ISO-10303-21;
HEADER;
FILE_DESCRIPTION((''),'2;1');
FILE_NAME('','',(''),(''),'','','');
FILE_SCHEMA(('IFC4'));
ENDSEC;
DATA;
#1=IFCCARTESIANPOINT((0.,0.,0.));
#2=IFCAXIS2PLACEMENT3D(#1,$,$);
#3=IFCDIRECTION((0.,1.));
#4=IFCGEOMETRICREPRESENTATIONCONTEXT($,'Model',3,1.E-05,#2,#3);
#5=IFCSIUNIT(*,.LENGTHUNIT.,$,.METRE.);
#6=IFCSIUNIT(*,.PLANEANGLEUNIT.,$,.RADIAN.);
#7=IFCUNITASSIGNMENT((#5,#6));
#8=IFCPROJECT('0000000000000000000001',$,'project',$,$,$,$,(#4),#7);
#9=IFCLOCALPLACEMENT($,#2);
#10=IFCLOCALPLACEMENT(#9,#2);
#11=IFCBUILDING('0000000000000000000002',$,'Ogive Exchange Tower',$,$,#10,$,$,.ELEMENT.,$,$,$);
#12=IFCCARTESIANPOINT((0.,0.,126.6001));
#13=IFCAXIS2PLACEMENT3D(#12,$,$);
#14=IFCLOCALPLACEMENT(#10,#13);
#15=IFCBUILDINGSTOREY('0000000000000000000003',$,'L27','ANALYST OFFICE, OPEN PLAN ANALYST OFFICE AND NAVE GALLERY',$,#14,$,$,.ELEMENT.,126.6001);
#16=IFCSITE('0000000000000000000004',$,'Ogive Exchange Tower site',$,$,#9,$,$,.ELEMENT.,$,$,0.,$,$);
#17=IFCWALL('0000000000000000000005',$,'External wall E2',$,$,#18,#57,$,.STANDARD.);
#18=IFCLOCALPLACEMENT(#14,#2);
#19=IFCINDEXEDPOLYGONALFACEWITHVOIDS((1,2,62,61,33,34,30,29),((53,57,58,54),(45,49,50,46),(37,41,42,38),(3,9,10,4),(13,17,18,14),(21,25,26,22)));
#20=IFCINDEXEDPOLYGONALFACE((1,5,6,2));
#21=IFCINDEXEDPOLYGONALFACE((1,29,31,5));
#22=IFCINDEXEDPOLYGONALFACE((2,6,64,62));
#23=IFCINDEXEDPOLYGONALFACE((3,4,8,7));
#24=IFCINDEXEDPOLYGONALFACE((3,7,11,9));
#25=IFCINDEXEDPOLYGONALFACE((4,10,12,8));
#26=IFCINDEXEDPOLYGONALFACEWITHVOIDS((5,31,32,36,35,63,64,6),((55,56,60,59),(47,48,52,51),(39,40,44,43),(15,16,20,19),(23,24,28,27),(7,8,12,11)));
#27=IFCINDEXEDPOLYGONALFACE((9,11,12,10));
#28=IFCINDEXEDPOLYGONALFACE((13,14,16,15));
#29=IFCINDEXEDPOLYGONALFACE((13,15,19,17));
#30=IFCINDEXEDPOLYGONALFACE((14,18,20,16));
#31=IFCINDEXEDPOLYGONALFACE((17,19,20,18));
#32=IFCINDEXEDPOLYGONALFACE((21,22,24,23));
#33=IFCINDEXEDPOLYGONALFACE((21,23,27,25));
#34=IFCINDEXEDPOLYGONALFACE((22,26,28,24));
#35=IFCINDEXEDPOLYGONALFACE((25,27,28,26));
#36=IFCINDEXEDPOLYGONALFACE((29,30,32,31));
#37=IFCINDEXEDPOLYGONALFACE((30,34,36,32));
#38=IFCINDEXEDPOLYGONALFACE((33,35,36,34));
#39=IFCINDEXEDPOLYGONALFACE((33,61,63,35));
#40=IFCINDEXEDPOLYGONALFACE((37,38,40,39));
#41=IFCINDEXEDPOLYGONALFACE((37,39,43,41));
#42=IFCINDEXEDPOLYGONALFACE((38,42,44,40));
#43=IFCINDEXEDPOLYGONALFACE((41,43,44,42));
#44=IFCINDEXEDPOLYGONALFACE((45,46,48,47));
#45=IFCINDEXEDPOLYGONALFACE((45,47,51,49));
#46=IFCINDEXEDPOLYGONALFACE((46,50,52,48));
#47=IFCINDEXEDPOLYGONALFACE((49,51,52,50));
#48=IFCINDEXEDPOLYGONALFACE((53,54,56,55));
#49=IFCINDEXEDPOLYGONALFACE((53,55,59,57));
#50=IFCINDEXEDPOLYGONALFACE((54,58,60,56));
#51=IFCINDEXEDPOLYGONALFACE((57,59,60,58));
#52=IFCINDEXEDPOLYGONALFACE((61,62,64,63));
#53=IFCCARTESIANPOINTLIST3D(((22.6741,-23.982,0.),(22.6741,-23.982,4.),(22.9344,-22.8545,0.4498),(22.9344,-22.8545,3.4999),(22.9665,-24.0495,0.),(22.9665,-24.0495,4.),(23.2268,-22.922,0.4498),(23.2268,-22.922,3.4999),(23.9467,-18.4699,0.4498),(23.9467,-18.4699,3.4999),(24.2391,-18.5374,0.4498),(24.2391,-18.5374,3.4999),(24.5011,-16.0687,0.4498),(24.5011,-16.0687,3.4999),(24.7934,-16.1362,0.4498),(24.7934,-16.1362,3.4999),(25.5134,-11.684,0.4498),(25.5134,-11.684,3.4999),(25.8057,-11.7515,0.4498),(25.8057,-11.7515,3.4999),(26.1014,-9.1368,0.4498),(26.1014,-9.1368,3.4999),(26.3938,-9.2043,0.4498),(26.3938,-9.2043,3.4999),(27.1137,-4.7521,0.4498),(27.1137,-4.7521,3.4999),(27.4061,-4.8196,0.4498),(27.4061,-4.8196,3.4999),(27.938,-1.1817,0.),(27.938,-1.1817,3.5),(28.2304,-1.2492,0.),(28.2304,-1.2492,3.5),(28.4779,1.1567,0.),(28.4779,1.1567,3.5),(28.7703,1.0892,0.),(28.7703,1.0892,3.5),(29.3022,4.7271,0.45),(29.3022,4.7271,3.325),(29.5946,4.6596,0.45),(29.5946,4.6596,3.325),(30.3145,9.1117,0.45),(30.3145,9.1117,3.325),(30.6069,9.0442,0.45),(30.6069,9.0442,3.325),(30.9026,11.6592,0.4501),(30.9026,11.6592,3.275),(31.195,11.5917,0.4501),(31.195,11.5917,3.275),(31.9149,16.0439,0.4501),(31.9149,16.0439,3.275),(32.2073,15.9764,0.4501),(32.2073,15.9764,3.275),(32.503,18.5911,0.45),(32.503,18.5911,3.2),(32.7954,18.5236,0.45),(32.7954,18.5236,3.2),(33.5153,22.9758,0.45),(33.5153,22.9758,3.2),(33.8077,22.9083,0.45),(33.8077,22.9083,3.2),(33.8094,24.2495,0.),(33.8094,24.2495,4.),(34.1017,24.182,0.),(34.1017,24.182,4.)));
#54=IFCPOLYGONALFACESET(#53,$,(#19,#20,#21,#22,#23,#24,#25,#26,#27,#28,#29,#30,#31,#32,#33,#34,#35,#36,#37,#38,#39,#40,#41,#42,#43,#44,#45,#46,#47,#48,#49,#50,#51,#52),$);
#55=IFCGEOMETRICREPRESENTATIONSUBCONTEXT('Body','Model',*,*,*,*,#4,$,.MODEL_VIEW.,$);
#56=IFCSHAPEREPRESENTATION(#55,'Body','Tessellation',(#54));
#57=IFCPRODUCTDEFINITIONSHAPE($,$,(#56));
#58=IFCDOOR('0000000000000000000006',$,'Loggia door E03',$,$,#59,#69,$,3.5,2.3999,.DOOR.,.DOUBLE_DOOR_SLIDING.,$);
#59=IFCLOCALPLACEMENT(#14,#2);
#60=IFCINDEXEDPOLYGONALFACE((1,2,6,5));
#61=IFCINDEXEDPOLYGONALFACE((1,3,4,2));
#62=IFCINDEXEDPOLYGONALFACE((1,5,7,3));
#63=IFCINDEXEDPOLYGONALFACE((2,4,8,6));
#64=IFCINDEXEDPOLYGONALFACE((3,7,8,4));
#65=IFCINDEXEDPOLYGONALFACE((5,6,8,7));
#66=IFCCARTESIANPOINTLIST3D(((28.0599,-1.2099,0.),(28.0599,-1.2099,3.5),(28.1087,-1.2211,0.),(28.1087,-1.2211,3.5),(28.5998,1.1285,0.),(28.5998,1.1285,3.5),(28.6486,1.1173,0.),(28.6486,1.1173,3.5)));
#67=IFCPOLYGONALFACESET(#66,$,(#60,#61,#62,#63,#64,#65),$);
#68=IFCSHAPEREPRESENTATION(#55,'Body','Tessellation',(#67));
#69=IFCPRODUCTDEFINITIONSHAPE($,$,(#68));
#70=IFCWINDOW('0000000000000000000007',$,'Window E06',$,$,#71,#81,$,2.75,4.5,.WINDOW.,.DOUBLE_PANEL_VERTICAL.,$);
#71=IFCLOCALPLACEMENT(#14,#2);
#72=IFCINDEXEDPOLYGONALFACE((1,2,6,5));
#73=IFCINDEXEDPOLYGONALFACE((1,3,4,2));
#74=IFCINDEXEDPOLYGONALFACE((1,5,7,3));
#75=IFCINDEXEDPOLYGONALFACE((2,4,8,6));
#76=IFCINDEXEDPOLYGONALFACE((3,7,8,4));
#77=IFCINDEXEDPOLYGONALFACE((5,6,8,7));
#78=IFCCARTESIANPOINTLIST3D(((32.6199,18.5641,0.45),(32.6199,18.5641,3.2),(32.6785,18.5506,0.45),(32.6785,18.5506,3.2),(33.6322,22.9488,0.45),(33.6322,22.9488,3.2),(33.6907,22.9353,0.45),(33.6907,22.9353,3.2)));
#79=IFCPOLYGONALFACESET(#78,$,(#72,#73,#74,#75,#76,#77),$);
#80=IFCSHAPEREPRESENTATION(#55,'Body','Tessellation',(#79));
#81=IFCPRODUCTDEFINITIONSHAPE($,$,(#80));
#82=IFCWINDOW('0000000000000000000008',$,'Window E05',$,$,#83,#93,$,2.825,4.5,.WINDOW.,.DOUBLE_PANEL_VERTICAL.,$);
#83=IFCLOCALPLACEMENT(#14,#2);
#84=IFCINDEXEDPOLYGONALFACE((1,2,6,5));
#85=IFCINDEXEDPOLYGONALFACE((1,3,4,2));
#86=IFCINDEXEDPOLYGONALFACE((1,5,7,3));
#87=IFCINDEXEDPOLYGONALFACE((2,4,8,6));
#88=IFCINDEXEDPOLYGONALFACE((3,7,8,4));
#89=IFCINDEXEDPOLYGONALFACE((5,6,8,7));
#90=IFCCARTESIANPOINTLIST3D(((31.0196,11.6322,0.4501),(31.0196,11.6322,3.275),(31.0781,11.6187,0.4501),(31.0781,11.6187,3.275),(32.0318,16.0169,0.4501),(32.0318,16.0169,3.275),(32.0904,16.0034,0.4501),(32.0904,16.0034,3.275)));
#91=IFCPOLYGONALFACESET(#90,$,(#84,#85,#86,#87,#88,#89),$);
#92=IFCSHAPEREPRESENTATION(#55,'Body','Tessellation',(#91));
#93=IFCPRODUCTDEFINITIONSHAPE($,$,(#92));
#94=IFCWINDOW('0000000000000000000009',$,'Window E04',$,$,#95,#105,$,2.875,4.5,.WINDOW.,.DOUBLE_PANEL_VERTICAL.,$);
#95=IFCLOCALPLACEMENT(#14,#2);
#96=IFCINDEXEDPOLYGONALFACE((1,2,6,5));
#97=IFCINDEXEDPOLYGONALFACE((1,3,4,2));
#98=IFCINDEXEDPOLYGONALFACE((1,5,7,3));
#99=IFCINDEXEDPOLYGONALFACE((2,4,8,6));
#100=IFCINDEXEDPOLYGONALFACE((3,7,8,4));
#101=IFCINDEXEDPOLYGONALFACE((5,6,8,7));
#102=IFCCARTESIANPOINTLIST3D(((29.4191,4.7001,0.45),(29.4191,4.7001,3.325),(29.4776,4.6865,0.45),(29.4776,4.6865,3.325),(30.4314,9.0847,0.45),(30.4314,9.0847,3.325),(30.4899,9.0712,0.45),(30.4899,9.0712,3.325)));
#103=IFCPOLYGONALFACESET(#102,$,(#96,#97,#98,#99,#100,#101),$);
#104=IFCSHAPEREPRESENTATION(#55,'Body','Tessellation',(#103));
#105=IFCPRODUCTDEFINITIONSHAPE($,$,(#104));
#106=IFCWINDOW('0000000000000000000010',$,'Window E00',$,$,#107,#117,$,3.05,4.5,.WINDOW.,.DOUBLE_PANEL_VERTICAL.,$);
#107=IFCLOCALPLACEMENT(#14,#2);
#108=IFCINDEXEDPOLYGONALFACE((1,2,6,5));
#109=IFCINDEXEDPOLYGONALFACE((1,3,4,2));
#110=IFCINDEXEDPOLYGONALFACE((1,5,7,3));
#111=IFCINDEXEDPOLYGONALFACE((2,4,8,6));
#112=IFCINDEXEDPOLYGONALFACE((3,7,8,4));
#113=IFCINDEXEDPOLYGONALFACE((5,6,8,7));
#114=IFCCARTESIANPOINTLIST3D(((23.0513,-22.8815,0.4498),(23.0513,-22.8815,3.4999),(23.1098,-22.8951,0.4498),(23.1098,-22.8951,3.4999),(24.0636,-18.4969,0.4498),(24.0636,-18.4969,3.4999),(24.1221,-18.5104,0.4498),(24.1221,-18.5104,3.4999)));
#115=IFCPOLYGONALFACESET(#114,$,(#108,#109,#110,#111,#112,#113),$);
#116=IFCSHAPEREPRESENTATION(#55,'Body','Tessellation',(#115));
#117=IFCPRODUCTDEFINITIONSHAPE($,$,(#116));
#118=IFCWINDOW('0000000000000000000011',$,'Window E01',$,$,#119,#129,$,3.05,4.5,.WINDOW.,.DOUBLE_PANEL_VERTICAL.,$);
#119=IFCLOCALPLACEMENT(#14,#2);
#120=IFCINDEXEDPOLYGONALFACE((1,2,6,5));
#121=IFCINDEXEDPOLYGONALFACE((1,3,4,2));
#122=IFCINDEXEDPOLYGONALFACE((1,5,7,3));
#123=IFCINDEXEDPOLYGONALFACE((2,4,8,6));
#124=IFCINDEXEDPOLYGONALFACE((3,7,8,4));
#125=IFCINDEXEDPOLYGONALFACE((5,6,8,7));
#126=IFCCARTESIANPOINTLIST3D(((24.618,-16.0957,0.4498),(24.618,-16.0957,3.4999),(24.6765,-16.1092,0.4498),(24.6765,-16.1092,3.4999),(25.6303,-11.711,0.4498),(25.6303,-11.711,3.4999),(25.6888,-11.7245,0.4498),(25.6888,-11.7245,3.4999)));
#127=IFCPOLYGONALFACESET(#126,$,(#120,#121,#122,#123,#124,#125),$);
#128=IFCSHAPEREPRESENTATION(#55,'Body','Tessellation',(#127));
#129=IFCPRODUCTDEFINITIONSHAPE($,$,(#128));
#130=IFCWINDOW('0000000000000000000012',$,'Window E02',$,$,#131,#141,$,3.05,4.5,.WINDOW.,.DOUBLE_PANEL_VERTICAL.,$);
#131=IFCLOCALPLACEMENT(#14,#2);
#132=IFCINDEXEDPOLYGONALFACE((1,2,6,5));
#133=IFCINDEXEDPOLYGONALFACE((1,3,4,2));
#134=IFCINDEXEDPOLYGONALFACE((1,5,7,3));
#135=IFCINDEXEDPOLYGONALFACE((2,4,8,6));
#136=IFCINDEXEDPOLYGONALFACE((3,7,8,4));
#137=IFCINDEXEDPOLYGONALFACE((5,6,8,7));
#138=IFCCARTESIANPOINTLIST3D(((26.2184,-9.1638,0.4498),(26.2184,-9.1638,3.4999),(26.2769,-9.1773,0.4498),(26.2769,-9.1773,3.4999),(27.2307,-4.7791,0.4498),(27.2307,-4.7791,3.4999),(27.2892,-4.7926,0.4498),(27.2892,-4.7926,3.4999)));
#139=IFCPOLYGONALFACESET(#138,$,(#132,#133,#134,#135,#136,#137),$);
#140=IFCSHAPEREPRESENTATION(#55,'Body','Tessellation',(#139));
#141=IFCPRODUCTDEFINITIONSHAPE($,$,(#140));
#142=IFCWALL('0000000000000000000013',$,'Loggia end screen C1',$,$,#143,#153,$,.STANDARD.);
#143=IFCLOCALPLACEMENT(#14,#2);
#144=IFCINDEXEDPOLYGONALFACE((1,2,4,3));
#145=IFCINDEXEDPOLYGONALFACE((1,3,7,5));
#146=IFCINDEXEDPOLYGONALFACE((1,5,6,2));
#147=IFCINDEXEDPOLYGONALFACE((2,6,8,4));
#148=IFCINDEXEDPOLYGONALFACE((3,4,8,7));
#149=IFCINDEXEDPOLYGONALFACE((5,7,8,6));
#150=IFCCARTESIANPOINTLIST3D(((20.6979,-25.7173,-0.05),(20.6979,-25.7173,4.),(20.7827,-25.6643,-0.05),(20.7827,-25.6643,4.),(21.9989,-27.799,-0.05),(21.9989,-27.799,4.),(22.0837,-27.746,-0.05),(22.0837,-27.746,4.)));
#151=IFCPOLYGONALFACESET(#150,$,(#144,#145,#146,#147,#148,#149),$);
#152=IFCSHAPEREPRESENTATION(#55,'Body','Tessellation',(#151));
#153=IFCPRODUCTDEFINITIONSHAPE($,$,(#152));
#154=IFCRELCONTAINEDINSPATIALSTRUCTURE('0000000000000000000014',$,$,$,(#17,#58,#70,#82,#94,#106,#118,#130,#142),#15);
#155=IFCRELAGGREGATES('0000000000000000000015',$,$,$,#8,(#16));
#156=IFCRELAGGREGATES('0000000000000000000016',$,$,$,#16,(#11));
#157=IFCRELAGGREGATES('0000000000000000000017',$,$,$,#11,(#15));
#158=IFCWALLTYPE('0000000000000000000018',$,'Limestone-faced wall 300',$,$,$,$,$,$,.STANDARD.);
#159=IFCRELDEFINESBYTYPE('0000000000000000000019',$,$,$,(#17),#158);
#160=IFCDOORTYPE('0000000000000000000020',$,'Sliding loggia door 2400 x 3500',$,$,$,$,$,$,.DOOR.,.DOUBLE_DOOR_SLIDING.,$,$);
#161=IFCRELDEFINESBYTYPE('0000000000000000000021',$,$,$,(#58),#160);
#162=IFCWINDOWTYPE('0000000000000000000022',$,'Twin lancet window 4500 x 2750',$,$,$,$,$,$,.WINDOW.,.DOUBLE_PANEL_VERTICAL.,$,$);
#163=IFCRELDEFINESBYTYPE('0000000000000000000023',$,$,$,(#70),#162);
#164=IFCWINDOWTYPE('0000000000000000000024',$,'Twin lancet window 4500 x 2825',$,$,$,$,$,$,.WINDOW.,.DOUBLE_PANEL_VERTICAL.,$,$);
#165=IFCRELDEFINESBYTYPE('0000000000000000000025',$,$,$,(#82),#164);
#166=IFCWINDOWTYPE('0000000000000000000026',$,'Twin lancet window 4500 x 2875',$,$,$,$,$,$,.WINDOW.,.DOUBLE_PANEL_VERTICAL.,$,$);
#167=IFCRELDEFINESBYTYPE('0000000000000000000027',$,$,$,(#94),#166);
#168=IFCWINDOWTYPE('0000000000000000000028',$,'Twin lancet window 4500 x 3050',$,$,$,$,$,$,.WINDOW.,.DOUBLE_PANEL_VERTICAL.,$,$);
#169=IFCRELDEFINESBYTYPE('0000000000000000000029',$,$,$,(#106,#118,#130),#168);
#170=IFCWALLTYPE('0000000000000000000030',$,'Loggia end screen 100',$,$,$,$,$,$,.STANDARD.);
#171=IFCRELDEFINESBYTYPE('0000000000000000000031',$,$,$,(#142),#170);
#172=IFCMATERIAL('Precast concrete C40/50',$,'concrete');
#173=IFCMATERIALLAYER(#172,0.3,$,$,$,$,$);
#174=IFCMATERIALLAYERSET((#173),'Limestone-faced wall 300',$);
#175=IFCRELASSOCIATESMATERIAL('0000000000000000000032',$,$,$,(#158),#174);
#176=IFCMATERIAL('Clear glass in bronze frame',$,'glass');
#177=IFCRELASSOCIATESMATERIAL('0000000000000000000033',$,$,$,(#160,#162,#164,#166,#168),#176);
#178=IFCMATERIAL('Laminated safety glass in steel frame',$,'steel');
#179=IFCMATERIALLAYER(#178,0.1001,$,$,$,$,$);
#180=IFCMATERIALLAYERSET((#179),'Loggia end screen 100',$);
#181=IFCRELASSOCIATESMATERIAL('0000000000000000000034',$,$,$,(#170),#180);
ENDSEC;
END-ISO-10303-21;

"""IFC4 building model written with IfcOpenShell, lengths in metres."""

from ifc_helpers import new_model, si_unit, direction, frame, frame_2d, origin, place, context, subcontext, project, spatial, rectangle, extrude, material, layer, layer_set, type_object, element, fill, save


model = new_model("IFC4")

# Units and contexts
model_context = context("Model", 3, precision=1e-05, world=origin(), true_north=direction((0.0, 1.0)))
body_context = subcontext(model_context, "Body", "Model", "MODEL_VIEW")
ifc_project = project(units=[si_unit("LENGTHUNIT", "METRE"), si_unit("PLANEANGLEUNIT", "RADIAN")], contexts=[model_context])

# Site, building, storey
site_placement = place(None, origin())
site = spatial("IfcSite", under=ifc_project, at=site_placement, Name="Ogive Exchange Tower site", CompositionType="ELEMENT", RefElevation=0.0)
building_placement = place(site_placement, origin())
building = spatial("IfcBuilding", under=site, at=building_placement, Name="Ogive Exchange Tower", CompositionType="ELEMENT")
storey_placement = place(building_placement, frame((0.0, 0.0, 126.6001)))
storey = spatial("IfcBuildingStorey", under=building, at=storey_placement, Name="L27", Description="ANALYST OFFICE, OPEN PLAN ANALYST OFFICE AND NAVE GALLERY", CompositionType="ELEMENT", Elevation=126.6001)

# Wall, openings, door, windows
ifc_material_1 = material(Name="Precast concrete C40/50", Category="concrete")
ifc_layer_1 = layer(ifc_material_1, 0.3)
ifc_layer_set_1 = layer_set([ifc_layer_1], Name="Limestone-faced wall 300")
wall_type_1 = type_object("IfcWallType", Name="Limestone-faced wall 300", PredefinedType="STANDARD", material=ifc_layer_set_1)
wall_1_placement = place(storey_placement, frame((22.8203, -24.0156, 0.0), z_axis=(0.0, 0.0, 1.0), x_axis=(0.224954, 0.974369, 0.0)))
wall_1 = element("IfcWall", 1, at=wall_1_placement, inside=storey, type_object=wall_type_1, Name="External wall E2", PredefinedType="STANDARD", context=body_context, shape_type="SweptSolid", body=[
    extrude(rectangle(XDim=49.5002, YDim=0.3, at=frame_2d((24.75, 0.0))), origin(), (0.0, 0.0, 1.0), 4.0),
])
opening_1_placement = place(wall_1_placement, frame((1.157, 0.0, 0.45)))
opening_1 = element("IfcOpeningElement", 2, at=opening_1_placement, cuts=wall_1, PredefinedType="OPENING", context=body_context, shape_type="SweptSolid", body=[
    extrude(rectangle(XDim=4.5, YDim=3.05, at=frame_2d((2.25, 1.5249))), frame((0.0, 0.1599, 0.0), z_axis=(0.0, -1.0, 0.0), x_axis=(1.0, 0.0, 0.0)), (0.0, 0.0, 1.0), 0.3201),
])
opening_2_placement = place(wall_1_placement, frame((8.1213, 0.0, 0.45)))
opening_2 = element("IfcOpeningElement", 3, at=opening_2_placement, cuts=wall_1, PredefinedType="OPENING", context=body_context, shape_type="SweptSolid", body=[
    extrude(rectangle(XDim=4.5, YDim=3.05, at=frame_2d((2.25, 1.5249))), frame((0.0, 0.1599, 0.0), z_axis=(0.0, -1.0, 0.0), x_axis=(1.0, 0.0, 0.0)), (0.0, 0.0, 1.0), 0.3201),
])
opening_3_placement = place(wall_1_placement, frame((15.2356, 0.0, 0.45)))
opening_3 = element("IfcOpeningElement", 4, at=opening_3_placement, cuts=wall_1, PredefinedType="OPENING", context=body_context, shape_type="SweptSolid", body=[
    extrude(rectangle(XDim=4.5, YDim=3.05, at=frame_2d((2.25, 1.5249))), frame((0.0, 0.1599, 0.0), z_axis=(0.0, -1.0, 0.0), x_axis=(1.0, 0.0, 0.0)), (0.0, 0.0, 1.0), 0.3201),
])
opening_4_placement = place(wall_1_placement, frame((23.3999, 0.0, 0.0)))
opening_4 = element("IfcOpeningElement", 5, at=opening_4_placement, cuts=wall_1, PredefinedType="OPENING", context=body_context, shape_type="SweptSolid", body=[
    extrude(rectangle(XDim=2.3999, YDim=3.5, at=frame_2d((1.2, 1.75))), frame((0.0, 0.1599, 0.0), z_axis=(0.0, -1.0, 0.0), x_axis=(1.0, 0.0, 0.0)), (0.0, 0.0, 1.0), 0.3201),
])
opening_5_placement = place(wall_1_placement, frame((29.4641, 0.0, 0.45)))
opening_5 = element("IfcOpeningElement", 6, at=opening_5_placement, cuts=wall_1, PredefinedType="OPENING", context=body_context, shape_type="SweptSolid", body=[
    extrude(rectangle(XDim=4.5, YDim=2.875, at=frame_2d((2.25, 1.4375))), frame((0.0, 0.1599, 0.0), z_axis=(0.0, -1.0, 0.0), x_axis=(1.0, 0.0, 0.0)), (0.0, 0.0, 1.0), 0.3201),
])
opening_6_placement = place(wall_1_placement, frame((36.5786, 0.0, 0.45)))
opening_6 = element("IfcOpeningElement", 7, at=opening_6_placement, cuts=wall_1, PredefinedType="OPENING", context=body_context, shape_type="SweptSolid", body=[
    extrude(rectangle(XDim=4.5, YDim=2.825, at=frame_2d((2.25, 1.4126))), frame((0.0, 0.1599, 0.0), z_axis=(0.0, -1.0, 0.0), x_axis=(1.0, 0.0, 0.0)), (0.0, 0.0, 1.0), 0.3201),
])
opening_7_placement = place(wall_1_placement, frame((43.6929, 0.0, 0.45)))
opening_7 = element("IfcOpeningElement", 8, at=opening_7_placement, cuts=wall_1, PredefinedType="OPENING", context=body_context, shape_type="SweptSolid", body=[
    extrude(rectangle(XDim=4.5, YDim=2.75, at=frame_2d((2.25, 1.375))), frame((0.0, 0.1599, 0.0), z_axis=(0.0, -1.0, 0.0), x_axis=(1.0, 0.0, 0.0)), (0.0, 0.0, 1.0), 0.3201),
])
ifc_material_2 = material(Name="Clear glass in bronze frame", Category="glass")
door_type = type_object("IfcDoorType", Name="Sliding loggia door 2400 x 3500", OperationType="DOUBLE_DOOR_SLIDING", PredefinedType="DOOR", material=ifc_material_2)
door_placement = place(opening_4_placement, origin())
door = element("IfcDoor", 9, at=door_placement, inside=storey, type_object=door_type, Name="Loggia door E03", OperationType="DOUBLE_DOOR_SLIDING", OverallHeight=3.5, OverallWidth=2.3999, PredefinedType="DOOR", context=body_context, shape_type="SweptSolid", body=[
    extrude(rectangle(XDim=2.3999, YDim=3.5, at=frame_2d((1.2, 1.75))), frame((0.0, 0.0249, 0.0), z_axis=(0.0, -1.0, 0.0), x_axis=(1.0, 0.0, 0.0)), (0.0, 0.0, 1.0), 0.05),
])
fill(opening_4, door)
window_type_1 = type_object("IfcWindowType", Name="Twin lancet window 4500 x 2750", PartitioningType="DOUBLE_PANEL_VERTICAL", PredefinedType="WINDOW", material=ifc_material_2)
window_1_placement = place(opening_7_placement, origin())
window_1 = element("IfcWindow", 10, at=window_1_placement, inside=storey, type_object=window_type_1, Name="Window E06", OverallHeight=2.75, OverallWidth=4.5, PartitioningType="DOUBLE_PANEL_VERTICAL", PredefinedType="WINDOW", context=body_context, shape_type="SweptSolid", body=[
    extrude(rectangle(XDim=4.5, YDim=2.75, at=frame_2d((2.25, 1.375))), frame((0.0, 0.03, 0.0), z_axis=(0.0, -1.0, 0.0), x_axis=(1.0, 0.0, 0.0)), (0.0, 0.0, 1.0), 0.0601),
])
fill(opening_7, window_1)
window_type_2 = type_object("IfcWindowType", Name="Twin lancet window 4500 x 2825", PartitioningType="DOUBLE_PANEL_VERTICAL", PredefinedType="WINDOW", material=ifc_material_2)
window_2_placement = place(opening_6_placement, origin())
window_2 = element("IfcWindow", 11, at=window_2_placement, inside=storey, type_object=window_type_2, Name="Window E05", OverallHeight=2.825, OverallWidth=4.5, PartitioningType="DOUBLE_PANEL_VERTICAL", PredefinedType="WINDOW", context=body_context, shape_type="SweptSolid", body=[
    extrude(rectangle(XDim=4.5, YDim=2.825, at=frame_2d((2.25, 1.4126))), frame((0.0, 0.03, 0.0), z_axis=(0.0, -1.0, 0.0), x_axis=(1.0, 0.0, 0.0)), (0.0, 0.0, 1.0), 0.0601),
])
fill(opening_6, window_2)
window_type_3 = type_object("IfcWindowType", Name="Twin lancet window 4500 x 2875", PartitioningType="DOUBLE_PANEL_VERTICAL", PredefinedType="WINDOW", material=ifc_material_2)
window_3_placement = place(opening_5_placement, origin())
window_3 = element("IfcWindow", 12, at=window_3_placement, inside=storey, type_object=window_type_3, Name="Window E04", OverallHeight=2.875, OverallWidth=4.5, PartitioningType="DOUBLE_PANEL_VERTICAL", PredefinedType="WINDOW", context=body_context, shape_type="SweptSolid", body=[
    extrude(rectangle(XDim=4.5, YDim=2.875, at=frame_2d((2.25, 1.4375))), frame((0.0, 0.03, 0.0), z_axis=(0.0, -1.0, 0.0), x_axis=(1.0, 0.0, 0.0)), (0.0, 0.0, 1.0), 0.0601),
])
fill(opening_5, window_3)
window_type_4 = type_object("IfcWindowType", Name="Twin lancet window 4500 x 3050", PartitioningType="DOUBLE_PANEL_VERTICAL", PredefinedType="WINDOW", material=ifc_material_2)
window_4_placement = place(opening_1_placement, origin())
window_4 = element("IfcWindow", 13, at=window_4_placement, inside=storey, type_object=window_type_4, Name="Window E00", OverallHeight=3.05, OverallWidth=4.5, PartitioningType="DOUBLE_PANEL_VERTICAL", PredefinedType="WINDOW", context=body_context, shape_type="SweptSolid", body=[
    extrude(rectangle(XDim=4.5, YDim=3.05, at=frame_2d((2.25, 1.5249))), frame((0.0, 0.03, 0.0), z_axis=(0.0, -1.0, 0.0), x_axis=(1.0, 0.0, 0.0)), (0.0, 0.0, 1.0), 0.0601),
])
fill(opening_1, window_4)
window_5_placement = place(opening_2_placement, origin())
window_5 = element("IfcWindow", 14, at=window_5_placement, inside=storey, type_object=window_type_4, Name="Window E01", OverallHeight=3.05, OverallWidth=4.5, PartitioningType="DOUBLE_PANEL_VERTICAL", PredefinedType="WINDOW", context=body_context, shape_type="SweptSolid", body=[
    extrude(rectangle(XDim=4.5, YDim=3.05, at=frame_2d((2.25, 1.5249))), frame((0.0, 0.03, 0.0), z_axis=(0.0, -1.0, 0.0), x_axis=(1.0, 0.0, 0.0)), (0.0, 0.0, 1.0), 0.0601),
])
fill(opening_2, window_5)
window_6_placement = place(opening_3_placement, origin())
window_6 = element("IfcWindow", 15, at=window_6_placement, inside=storey, type_object=window_type_4, Name="Window E02", OverallHeight=3.05, OverallWidth=4.5, PartitioningType="DOUBLE_PANEL_VERTICAL", PredefinedType="WINDOW", context=body_context, shape_type="SweptSolid", body=[
    extrude(rectangle(XDim=4.5, YDim=3.05, at=frame_2d((2.25, 1.5249))), frame((0.0, 0.03, 0.0), z_axis=(0.0, -1.0, 0.0), x_axis=(1.0, 0.0, 0.0)), (0.0, 0.0, 1.0), 0.0601),
])
fill(opening_3, window_6)

# Wall
ifc_material_3 = material(Name="Laminated safety glass in steel frame", Category="steel")
ifc_layer_2 = layer(ifc_material_3, 0.1001)
ifc_layer_set_2 = layer_set([ifc_layer_2], Name="Loggia end screen 100")
wall_type_2 = type_object("IfcWallType", Name="Loggia end screen 100", PredefinedType="STANDARD", material=ifc_layer_set_2)
wall_2_placement = place(storey_placement, frame((20.7402, -25.6907, -0.05), z_axis=(0.0, 0.0, 1.0), x_axis=(0.529972, -0.848015, 0.0)))
element("IfcWall", 16, at=wall_2_placement, inside=storey, type_object=wall_type_2, Name="Loggia end screen C1", PredefinedType="STANDARD", context=body_context, shape_type="SweptSolid", body=[
    extrude(rectangle(XDim=2.4548, YDim=0.1001, at=frame_2d((1.2275, 0.0))), origin(), (0.0, 0.0, 1.0), 4.05),
])

save(model, "model.ifc")
